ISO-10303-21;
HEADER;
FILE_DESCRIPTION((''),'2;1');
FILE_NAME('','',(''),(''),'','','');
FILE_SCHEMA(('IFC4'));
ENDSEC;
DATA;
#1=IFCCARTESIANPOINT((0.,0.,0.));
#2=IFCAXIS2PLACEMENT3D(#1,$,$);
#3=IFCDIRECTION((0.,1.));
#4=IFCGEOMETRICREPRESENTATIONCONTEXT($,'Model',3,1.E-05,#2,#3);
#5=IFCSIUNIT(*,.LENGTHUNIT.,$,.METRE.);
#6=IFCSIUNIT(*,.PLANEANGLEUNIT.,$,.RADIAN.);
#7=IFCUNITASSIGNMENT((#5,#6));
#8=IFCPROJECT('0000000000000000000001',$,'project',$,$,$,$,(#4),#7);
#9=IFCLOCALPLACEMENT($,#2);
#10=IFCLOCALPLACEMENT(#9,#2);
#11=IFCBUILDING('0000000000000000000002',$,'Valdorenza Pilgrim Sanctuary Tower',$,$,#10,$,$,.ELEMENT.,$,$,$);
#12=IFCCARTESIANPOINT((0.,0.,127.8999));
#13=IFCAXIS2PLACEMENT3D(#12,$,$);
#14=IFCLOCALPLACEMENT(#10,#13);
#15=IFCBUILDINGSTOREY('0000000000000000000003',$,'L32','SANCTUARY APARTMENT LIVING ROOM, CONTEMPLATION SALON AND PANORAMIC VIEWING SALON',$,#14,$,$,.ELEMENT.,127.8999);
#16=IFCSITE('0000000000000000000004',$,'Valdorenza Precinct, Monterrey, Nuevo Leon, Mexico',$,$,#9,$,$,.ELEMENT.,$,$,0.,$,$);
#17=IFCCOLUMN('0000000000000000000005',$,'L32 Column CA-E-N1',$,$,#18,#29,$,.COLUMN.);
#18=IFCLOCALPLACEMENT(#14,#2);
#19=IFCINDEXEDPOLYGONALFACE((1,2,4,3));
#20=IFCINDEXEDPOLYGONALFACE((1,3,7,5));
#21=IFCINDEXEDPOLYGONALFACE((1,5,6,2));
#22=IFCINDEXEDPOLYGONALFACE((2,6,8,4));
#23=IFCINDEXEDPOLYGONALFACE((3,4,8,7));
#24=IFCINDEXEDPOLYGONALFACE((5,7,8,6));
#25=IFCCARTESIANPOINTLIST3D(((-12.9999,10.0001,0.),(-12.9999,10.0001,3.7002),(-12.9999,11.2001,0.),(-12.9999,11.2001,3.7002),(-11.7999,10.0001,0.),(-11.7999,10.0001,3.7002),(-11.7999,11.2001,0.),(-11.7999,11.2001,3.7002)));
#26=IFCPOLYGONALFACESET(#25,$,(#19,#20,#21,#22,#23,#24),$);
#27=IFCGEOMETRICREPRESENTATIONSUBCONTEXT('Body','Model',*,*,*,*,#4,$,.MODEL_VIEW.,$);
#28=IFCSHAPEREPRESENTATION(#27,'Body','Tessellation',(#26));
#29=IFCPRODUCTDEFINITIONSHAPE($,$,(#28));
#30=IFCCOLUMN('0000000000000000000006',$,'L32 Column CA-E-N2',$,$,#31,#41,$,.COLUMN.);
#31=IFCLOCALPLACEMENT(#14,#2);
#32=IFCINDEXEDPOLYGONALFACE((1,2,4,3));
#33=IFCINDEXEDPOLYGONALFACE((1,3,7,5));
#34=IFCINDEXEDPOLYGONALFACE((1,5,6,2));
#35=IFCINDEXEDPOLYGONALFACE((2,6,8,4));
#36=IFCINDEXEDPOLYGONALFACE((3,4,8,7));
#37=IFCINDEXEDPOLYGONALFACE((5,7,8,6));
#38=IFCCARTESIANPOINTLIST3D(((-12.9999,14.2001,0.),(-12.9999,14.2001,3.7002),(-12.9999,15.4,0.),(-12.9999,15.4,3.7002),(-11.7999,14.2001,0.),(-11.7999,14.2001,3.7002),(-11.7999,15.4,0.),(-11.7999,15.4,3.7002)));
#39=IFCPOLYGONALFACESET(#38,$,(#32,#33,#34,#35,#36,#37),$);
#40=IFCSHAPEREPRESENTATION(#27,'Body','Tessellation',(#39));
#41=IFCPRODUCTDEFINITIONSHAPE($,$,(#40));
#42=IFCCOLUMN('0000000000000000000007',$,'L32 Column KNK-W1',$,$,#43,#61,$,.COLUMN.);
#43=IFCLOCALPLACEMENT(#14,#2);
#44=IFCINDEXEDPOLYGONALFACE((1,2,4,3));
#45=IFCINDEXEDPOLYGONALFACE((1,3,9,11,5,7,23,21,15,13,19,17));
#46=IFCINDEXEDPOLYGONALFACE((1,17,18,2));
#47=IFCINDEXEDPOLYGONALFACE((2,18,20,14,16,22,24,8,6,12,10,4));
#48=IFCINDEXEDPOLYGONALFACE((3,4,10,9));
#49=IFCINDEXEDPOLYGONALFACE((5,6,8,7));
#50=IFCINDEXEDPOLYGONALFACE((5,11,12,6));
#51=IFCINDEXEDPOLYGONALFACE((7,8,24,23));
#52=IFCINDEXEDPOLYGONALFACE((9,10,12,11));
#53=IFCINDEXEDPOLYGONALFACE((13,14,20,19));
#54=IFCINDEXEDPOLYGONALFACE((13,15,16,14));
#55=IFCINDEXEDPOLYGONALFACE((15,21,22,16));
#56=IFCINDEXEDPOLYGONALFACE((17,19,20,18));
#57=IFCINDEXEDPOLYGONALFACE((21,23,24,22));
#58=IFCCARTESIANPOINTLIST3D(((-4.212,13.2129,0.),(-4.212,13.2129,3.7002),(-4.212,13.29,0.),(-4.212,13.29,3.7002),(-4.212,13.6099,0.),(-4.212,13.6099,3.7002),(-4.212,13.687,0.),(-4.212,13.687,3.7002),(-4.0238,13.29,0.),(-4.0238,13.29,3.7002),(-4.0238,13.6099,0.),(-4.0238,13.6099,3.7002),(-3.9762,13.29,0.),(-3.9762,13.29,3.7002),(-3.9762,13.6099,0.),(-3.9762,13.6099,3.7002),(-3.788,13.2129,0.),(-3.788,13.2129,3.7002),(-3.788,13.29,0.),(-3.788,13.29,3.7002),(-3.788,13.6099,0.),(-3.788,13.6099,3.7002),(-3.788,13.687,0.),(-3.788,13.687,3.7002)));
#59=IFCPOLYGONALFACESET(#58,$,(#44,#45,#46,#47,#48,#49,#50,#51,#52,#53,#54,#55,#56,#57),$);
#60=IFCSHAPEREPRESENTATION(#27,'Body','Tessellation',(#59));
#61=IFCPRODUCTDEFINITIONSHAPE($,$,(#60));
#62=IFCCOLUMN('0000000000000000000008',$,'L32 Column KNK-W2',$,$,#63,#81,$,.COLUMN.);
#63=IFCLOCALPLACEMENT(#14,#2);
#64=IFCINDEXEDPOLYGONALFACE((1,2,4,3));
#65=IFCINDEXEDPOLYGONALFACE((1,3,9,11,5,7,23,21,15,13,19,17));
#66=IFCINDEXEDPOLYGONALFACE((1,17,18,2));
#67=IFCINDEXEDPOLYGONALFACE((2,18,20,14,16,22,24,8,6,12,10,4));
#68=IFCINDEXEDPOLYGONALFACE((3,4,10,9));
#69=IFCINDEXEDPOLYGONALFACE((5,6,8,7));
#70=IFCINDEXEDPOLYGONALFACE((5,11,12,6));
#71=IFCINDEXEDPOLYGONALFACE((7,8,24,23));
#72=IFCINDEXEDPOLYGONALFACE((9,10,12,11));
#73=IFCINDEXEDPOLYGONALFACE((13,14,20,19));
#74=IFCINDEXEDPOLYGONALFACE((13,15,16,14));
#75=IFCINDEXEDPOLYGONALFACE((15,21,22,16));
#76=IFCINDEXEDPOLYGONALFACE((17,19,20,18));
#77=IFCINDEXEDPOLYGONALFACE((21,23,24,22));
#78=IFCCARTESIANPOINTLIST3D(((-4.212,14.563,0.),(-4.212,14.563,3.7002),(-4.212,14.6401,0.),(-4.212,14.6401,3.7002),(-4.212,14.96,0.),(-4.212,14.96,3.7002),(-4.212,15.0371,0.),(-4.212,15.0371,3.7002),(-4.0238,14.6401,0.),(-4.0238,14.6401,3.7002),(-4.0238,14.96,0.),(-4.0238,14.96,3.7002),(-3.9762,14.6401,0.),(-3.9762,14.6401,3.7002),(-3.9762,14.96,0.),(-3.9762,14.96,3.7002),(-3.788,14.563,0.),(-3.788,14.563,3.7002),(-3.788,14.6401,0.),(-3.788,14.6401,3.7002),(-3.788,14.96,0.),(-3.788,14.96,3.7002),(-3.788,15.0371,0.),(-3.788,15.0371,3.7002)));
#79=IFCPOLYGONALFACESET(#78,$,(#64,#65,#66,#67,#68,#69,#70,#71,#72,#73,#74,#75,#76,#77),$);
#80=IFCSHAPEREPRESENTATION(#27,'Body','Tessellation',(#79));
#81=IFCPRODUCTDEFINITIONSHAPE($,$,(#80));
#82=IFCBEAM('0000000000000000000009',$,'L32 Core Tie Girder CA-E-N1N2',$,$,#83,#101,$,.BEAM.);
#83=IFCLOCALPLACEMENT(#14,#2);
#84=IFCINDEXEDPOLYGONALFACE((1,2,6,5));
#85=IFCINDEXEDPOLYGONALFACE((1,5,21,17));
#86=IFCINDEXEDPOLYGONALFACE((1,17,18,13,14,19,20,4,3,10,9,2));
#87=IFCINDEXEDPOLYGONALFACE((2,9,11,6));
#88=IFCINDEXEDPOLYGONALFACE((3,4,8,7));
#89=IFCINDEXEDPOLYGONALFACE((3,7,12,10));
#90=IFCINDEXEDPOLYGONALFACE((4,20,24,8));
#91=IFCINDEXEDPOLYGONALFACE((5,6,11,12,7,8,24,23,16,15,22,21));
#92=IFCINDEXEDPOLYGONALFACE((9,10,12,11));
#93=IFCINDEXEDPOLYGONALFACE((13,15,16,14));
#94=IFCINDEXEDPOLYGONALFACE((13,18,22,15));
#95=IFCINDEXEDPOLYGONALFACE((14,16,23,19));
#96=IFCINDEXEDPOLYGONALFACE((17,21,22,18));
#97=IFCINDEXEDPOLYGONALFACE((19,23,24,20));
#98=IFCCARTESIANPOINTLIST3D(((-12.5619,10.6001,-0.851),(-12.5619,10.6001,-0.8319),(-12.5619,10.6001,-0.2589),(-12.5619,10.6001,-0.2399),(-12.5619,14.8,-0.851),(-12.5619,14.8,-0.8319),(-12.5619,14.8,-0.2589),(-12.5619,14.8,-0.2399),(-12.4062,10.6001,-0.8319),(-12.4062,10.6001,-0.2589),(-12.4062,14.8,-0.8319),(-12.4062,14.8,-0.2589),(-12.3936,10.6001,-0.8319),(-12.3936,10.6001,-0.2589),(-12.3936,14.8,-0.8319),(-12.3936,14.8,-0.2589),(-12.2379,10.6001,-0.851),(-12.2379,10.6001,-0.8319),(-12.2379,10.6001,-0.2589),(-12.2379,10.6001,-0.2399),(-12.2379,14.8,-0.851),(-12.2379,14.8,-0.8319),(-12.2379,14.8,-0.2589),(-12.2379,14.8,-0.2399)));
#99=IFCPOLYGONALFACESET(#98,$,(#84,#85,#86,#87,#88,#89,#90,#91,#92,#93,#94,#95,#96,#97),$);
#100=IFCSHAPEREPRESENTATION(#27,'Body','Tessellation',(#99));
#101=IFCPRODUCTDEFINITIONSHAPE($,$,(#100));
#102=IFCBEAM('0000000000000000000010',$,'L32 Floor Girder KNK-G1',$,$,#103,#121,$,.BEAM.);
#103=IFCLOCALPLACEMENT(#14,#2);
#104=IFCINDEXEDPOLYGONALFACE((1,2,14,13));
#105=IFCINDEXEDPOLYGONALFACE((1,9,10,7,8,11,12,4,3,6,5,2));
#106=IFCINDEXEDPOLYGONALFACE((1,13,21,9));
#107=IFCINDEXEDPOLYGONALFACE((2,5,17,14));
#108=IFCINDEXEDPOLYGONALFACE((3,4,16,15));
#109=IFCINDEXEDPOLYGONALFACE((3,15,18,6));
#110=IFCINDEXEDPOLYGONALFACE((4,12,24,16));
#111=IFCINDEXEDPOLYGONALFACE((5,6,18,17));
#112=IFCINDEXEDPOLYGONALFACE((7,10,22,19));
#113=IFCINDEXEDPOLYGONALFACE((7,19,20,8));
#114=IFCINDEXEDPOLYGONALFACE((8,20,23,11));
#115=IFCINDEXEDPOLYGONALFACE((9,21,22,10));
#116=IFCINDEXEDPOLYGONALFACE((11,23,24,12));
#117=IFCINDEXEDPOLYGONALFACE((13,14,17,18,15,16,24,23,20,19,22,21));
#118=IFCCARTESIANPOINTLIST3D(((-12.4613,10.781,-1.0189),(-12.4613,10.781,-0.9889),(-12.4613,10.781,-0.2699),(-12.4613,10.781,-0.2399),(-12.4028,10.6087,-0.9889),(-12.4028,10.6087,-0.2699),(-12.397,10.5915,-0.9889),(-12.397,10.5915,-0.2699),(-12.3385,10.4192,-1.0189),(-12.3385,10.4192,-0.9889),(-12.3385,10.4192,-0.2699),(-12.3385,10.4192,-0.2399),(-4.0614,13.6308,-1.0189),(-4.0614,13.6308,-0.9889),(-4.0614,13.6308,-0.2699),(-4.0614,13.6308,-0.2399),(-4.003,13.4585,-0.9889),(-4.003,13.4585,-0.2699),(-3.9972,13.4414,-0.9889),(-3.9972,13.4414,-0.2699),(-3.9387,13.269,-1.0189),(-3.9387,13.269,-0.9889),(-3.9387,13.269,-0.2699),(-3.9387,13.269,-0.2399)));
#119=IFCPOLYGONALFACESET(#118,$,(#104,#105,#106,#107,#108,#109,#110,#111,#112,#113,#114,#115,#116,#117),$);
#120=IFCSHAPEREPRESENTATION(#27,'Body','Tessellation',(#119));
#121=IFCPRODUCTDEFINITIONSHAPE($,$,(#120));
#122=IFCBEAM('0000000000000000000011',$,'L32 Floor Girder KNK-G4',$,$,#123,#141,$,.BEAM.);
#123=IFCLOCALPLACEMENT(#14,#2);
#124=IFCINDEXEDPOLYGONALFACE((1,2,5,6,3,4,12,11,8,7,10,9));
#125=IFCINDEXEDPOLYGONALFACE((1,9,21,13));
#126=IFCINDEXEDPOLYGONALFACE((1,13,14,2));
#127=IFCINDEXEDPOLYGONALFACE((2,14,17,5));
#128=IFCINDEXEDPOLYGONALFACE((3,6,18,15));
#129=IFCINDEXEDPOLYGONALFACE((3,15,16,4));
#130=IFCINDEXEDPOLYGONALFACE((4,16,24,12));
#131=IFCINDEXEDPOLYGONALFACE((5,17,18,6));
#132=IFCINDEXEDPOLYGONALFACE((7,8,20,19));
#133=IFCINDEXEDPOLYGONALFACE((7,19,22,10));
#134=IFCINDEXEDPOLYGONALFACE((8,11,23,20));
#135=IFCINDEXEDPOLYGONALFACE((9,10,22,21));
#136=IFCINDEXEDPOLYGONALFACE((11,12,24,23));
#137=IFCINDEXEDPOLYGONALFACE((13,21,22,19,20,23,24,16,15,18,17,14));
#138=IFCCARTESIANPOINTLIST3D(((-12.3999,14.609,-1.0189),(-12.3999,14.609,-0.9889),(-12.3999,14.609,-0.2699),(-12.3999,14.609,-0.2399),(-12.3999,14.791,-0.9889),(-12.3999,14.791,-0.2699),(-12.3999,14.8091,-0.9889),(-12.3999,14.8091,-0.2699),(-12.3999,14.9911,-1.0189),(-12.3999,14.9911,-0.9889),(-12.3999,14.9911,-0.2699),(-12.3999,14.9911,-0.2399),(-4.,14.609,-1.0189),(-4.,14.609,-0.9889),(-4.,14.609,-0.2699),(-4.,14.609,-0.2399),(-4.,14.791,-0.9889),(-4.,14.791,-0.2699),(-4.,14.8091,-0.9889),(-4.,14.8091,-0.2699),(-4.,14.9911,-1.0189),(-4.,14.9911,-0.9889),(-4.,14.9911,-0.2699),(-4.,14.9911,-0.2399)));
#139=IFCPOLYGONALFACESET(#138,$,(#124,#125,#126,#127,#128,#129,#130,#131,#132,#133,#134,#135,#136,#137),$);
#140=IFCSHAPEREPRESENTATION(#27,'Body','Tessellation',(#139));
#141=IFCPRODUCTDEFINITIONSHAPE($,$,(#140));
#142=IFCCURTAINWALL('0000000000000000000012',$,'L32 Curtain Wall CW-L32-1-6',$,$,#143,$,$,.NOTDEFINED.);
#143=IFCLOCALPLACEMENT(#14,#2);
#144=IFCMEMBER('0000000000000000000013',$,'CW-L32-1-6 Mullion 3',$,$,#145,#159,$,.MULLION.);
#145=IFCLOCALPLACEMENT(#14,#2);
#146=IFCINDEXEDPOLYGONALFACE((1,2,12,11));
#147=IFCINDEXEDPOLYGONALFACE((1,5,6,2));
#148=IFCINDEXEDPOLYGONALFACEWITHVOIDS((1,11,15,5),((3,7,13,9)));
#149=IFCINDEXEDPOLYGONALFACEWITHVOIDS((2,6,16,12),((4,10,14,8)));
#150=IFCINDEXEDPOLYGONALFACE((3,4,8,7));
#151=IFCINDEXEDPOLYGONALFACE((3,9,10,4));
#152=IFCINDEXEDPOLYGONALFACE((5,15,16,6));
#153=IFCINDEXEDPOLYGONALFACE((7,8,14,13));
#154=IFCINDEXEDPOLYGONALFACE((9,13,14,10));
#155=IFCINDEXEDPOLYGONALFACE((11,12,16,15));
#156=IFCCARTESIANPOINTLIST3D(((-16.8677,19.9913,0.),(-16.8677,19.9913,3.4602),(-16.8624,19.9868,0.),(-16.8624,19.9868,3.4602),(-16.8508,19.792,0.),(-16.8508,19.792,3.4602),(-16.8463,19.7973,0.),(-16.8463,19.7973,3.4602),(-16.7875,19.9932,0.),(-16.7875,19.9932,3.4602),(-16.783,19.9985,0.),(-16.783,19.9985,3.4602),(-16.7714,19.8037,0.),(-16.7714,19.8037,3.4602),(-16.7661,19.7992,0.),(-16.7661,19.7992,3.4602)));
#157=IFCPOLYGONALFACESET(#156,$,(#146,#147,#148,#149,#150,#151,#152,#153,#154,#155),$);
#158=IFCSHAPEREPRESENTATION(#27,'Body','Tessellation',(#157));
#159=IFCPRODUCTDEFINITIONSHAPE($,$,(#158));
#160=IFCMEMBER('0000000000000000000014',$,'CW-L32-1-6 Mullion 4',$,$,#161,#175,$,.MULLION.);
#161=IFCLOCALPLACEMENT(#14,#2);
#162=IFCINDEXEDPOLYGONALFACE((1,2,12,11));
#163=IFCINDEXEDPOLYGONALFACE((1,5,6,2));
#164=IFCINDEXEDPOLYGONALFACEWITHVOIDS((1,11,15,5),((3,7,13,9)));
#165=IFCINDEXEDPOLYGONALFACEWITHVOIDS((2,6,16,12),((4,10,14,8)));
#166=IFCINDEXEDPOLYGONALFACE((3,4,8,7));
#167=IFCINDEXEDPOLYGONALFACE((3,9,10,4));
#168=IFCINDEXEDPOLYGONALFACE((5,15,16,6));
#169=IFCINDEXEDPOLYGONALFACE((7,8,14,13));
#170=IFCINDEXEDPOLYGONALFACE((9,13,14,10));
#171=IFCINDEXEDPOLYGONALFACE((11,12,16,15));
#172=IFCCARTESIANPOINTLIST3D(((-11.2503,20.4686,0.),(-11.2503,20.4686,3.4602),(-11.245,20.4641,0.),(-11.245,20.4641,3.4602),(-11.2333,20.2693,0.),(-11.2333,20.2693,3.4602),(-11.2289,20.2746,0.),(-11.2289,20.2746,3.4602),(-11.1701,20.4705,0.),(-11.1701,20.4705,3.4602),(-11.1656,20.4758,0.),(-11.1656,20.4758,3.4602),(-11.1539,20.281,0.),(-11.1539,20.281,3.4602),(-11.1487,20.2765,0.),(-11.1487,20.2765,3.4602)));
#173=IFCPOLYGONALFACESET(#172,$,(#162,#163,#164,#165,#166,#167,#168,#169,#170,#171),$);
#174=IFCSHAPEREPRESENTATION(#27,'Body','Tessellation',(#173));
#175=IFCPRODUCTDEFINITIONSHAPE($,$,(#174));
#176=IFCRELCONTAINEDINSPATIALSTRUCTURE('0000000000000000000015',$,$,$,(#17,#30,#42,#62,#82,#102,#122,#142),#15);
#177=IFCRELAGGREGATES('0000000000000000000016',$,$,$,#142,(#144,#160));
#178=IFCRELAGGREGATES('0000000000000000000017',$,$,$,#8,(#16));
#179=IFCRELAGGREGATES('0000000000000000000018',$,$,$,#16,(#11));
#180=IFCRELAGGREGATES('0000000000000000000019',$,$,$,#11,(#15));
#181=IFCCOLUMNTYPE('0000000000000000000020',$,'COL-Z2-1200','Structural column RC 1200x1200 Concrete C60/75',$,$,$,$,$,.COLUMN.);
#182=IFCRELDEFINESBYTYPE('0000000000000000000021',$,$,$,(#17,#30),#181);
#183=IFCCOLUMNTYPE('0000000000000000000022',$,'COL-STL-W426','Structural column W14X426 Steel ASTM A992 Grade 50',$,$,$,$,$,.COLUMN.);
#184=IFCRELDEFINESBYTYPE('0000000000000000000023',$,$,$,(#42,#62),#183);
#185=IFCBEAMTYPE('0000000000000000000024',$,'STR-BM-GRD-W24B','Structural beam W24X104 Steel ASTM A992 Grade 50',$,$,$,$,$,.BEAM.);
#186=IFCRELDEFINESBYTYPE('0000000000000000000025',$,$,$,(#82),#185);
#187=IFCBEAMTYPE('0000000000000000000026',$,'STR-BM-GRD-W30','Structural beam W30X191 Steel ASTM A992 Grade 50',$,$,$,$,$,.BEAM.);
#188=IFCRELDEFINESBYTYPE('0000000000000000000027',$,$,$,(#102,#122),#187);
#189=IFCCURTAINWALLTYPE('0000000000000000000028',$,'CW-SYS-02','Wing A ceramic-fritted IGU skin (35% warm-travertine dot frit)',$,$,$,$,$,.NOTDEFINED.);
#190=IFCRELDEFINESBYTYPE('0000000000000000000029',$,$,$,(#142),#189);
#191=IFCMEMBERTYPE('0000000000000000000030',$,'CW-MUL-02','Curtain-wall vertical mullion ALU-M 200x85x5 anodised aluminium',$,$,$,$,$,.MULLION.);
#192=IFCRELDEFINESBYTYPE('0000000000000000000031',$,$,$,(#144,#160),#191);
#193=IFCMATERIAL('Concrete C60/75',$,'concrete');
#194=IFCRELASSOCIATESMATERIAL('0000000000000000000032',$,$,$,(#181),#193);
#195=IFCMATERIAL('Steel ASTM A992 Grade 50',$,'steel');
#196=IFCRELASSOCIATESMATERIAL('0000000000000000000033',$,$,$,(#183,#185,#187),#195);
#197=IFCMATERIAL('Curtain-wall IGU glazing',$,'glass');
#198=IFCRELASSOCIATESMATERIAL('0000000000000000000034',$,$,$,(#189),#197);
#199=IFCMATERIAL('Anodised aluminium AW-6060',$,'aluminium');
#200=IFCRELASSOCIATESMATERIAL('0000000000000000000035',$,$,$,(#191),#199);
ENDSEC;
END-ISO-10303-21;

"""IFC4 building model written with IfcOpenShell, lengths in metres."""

from ifc_helpers import new_model, si_unit, direction, frame, origin, origin_2d, place, context, subcontext, project, spatial, rectangle, hollow_rectangle, i_section, extrude, source, transform, mapped, material, material_profile, profile_set, type_object, element, aggregate, save


model = new_model("IFC4")

# Units and contexts
model_context = context("Model", 3, precision=1e-05, world=origin(), true_north=direction((0.0, 1.0)))
body_context = subcontext(model_context, "Body", "Model", "MODEL_VIEW")
ifc_project = project(units=[si_unit("LENGTHUNIT", "METRE"), si_unit("PLANEANGLEUNIT", "RADIAN")], contexts=[model_context])

# Site, building, storey
site_placement = place(None, origin())
site = spatial("IfcSite", under=ifc_project, at=site_placement, Name="Valdorenza Precinct, Monterrey, Nuevo Leon, Mexico", CompositionType="ELEMENT", RefElevation=0.0)
building_placement = place(site_placement, origin())
building = spatial("IfcBuilding", under=site, at=building_placement, Name="Valdorenza Pilgrim Sanctuary Tower", CompositionType="ELEMENT")
storey_placement = place(building_placement, frame((0.0, 0.0, 127.8999)))
storey = spatial("IfcBuildingStorey", under=building, at=storey_placement, Name="L32", Description="SANCTUARY APARTMENT LIVING ROOM, CONTEMPLATION SALON AND PANORAMIC VIEWING SALON", CompositionType="ELEMENT", Elevation=127.8999)

# Columns
ifc_material_1 = material(Name="Concrete C60/75", Category="concrete")
ifc_material_profile_1 = material_profile(ifc_material_1, rectangle(XDim=1.2, YDim=1.2, at=origin_2d()), Name="RC 1200x1200")
ifc_profile_set_1 = profile_set([ifc_material_profile_1], Name="Concrete C60/75")
column_type_1 = type_object("IfcColumnType", Name="COL-Z2-1200", Description="Structural column RC 1200x1200 Concrete C60/75", PredefinedType="COLUMN", material=ifc_profile_set_1)
shared_shape_1 = source(origin(), body_context, "Body", "SweptSolid", [
    extrude(rectangle(XDim=1.2, YDim=1.2, at=origin_2d()), origin(), (0.0, 0.0, 1.0), 3.7002),
])
for number, where, z_axis, x_axis, name in (
    (1, (-12.3999, 10.6001, 0.0), (0.0, 0.0, 1.0), (1.0, 0.0, 0.0), "L32 Column CA-E-N1"),
    (2, (-12.3999, 14.8, 0.0), (0.0, 0.0, 1.0), (1.0, 0.0, 0.0), "L32 Column CA-E-N2"),
):
    element("IfcColumn", number, at=place(storey_placement, frame(where, z_axis=z_axis, x_axis=x_axis)), inside=storey, type_object=column_type_1, Name=name, PredefinedType="COLUMN", context=body_context, shape_type="MappedRepresentation", body=[
        mapped(shared_shape_1, transform((0.0, 0.0, 0.0), x_axis=(1.0, 0.0, 0.0), y_axis=(0.0, 1.0, 0.0), z_axis=(0.0, 0.0, 1.0), scale=1.0)),
    ])
ifc_material_2 = material(Name="Steel ASTM A992 Grade 50", Category="steel")
ifc_material_profile_2 = material_profile(ifc_material_2, i_section(OverallWidth=0.4241, OverallDepth=0.4741, WebThickness=0.0476, FlangeThickness=0.0771, at=origin_2d()), Name="W14X426")
ifc_profile_set_2 = profile_set([ifc_material_profile_2], Name="Steel ASTM A992 Grade 50")
column_type_2 = type_object("IfcColumnType", Name="COL-STL-W426", Description="Structural column W14X426 Steel ASTM A992 Grade 50", PredefinedType="COLUMN", material=ifc_profile_set_2)
shared_shape_2 = source(origin(), body_context, "Body", "SweptSolid", [
    extrude(i_section(OverallWidth=0.4241, OverallDepth=0.4741, WebThickness=0.0476, FlangeThickness=0.0771, at=origin_2d()), origin(), (0.0, 0.0, 1.0), 3.7002),
])
for number, where, z_axis, x_axis, name in (
    (3, (-4.0, 13.45, 0.0), (0.0, 0.0, 1.0), (1.0, 0.0, 0.0), "L32 Column KNK-W1"),
    (4, (-4.0, 14.8, 0.0), (0.0, 0.0, 1.0), (1.0, 0.0, 0.0), "L32 Column KNK-W2"),
):
    element("IfcColumn", number, at=place(storey_placement, frame(where, z_axis=z_axis, x_axis=x_axis)), inside=storey, type_object=column_type_2, Name=name, PredefinedType="COLUMN", context=body_context, shape_type="MappedRepresentation", body=[
        mapped(shared_shape_2, transform((0.0, 0.0, 0.0), x_axis=(1.0, 0.0, 0.0), y_axis=(0.0, 1.0, 0.0), z_axis=(0.0, 0.0, 1.0), scale=1.0)),
    ])

# Beams
ifc_material_profile_3 = material_profile(ifc_material_2, i_section(OverallWidth=0.324, OverallDepth=0.6111, WebThickness=0.0127, FlangeThickness=0.019, at=origin_2d()), Name="W24X104")
ifc_profile_set_3 = profile_set([ifc_material_profile_3], Name="Steel ASTM A992 Grade 50")
beam_type_1 = type_object("IfcBeamType", Name="STR-BM-GRD-W24B", Description="Structural beam W24X104 Steel ASTM A992 Grade 50", PredefinedType="BEAM", material=ifc_profile_set_3)
shared_shape_3 = source(origin(), body_context, "Body", "SweptSolid", [
    extrude(i_section(OverallWidth=0.324, OverallDepth=0.6111, WebThickness=0.0127, FlangeThickness=0.019, at=origin_2d()), origin(), (0.0, 0.0, 1.0), 4.2),
])
beam_1_placement = place(storey_placement, frame((-12.3999, 10.6001, -0.5454), z_axis=(0.0, 1.0, 0.0), x_axis=(-1.0, 0.0, 0.0)))
element("IfcBeam", 5, at=beam_1_placement, inside=storey, type_object=beam_type_1, Name="L32 Core Tie Girder CA-E-N1N2", PredefinedType="BEAM", context=body_context, shape_type="MappedRepresentation", body=[
    mapped(shared_shape_3, transform((0.0, 0.0, 0.0), x_axis=(1.0, 0.0, 0.0), y_axis=(0.0, 1.0, 0.0), z_axis=(0.0, 0.0, 1.0), scale=1.0)),
])
ifc_material_profile_4 = material_profile(ifc_material_2, i_section(OverallWidth=0.3821, OverallDepth=0.7791, WebThickness=0.0181, FlangeThickness=0.03, at=origin_2d()), Name="W30X191")
ifc_profile_set_4 = profile_set([ifc_material_profile_4], Name="Steel ASTM A992 Grade 50")
beam_type_2 = type_object("IfcBeamType", Name="STR-BM-GRD-W30", Description="Structural beam W30X191 Steel ASTM A992 Grade 50", PredefinedType="BEAM", material=ifc_profile_set_4)
shared_shape_4 = source(origin(), body_context, "Body", "SweptSolid", [
    extrude(i_section(OverallWidth=0.3821, OverallDepth=0.7791, WebThickness=0.0181, FlangeThickness=0.03, at=origin_2d()), origin(), (0.0, 0.0, 1.0), 8.8701),
])
beam_2_placement = place(storey_placement, frame((-12.3999, 10.6001, -0.6294), z_axis=(0.946983, 0.321285, 0.0), x_axis=(-0.321285, 0.946983, 0.0)))
element("IfcBeam", 6, at=beam_2_placement, inside=storey, type_object=beam_type_2, Name="L32 Floor Girder KNK-G1", PredefinedType="BEAM", context=body_context, shape_type="MappedRepresentation", body=[
    mapped(shared_shape_4, transform((0.0, 0.0, 0.0), x_axis=(1.0, 0.0, 0.0), y_axis=(0.0, 1.0, 0.0), z_axis=(0.0, 0.0, 1.0), scale=1.0)),
])
shared_shape_5 = source(origin(), body_context, "Body", "SweptSolid", [
    extrude(i_section(OverallWidth=0.3821, OverallDepth=0.7791, WebThickness=0.0181, FlangeThickness=0.03, at=origin_2d()), origin(), (0.0, 0.0, 1.0), 8.3999),
])
beam_3_placement = place(storey_placement, frame((-12.3999, 14.8, -0.6294), z_axis=(1.0, 0.0, 0.0), x_axis=(0.0, 1.0, 0.0)))
element("IfcBeam", 7, at=beam_3_placement, inside=storey, type_object=beam_type_2, Name="L32 Floor Girder KNK-G4", PredefinedType="BEAM", context=body_context, shape_type="MappedRepresentation", body=[
    mapped(shared_shape_5, transform((0.0, 0.0, 0.0), x_axis=(1.0, 0.0, 0.0), y_axis=(0.0, 1.0, 0.0), z_axis=(0.0, 0.0, 1.0), scale=1.0)),
])

# Curtain wall, members
ifc_material_3 = material(Name="Curtain-wall IGU glazing", Category="glass")
curtain_wall_type = type_object("IfcCurtainWallType", Name="CW-SYS-02", Description="Wing A ceramic-fritted IGU skin (35% warm-travertine dot frit)", PredefinedType="NOTDEFINED", material=ifc_material_3)
curtain_wall_1_placement = place(storey_placement, origin())
curtain_wall_1 = element("IfcCurtainWall", 8, at=curtain_wall_1_placement, inside=storey, type_object=curtain_wall_type, Name="L32 Curtain Wall CW-L32-1-6", PredefinedType="NOTDEFINED")
ifc_material_4 = material(Name="Anodised aluminium AW-6060", Category="aluminium")
ifc_material_profile_5 = material_profile(ifc_material_4, hollow_rectangle(XDim=0.085, YDim=0.2, WallThickness=0.0049, at=origin_2d()), Name="ALU-M 200x85x5")
ifc_profile_set_5 = profile_set([ifc_material_profile_5], Name="Anodised aluminium AW-6060")
member_type_1 = type_object("IfcMemberType", Name="CW-MUL-02", Description="Curtain-wall vertical mullion ALU-M 200x85x5 anodised aluminium", PredefinedType="MULLION", material=ifc_profile_set_5)
shared_shape_6 = source(origin(), body_context, "Body", "SweptSolid", [
    extrude(hollow_rectangle(XDim=0.085, YDim=0.2, WallThickness=0.0049, at=origin_2d()), origin(), (0.0, 0.0, 1.0), 3.4602),
])
member_1_placement = place(storey_placement, frame((-16.8169, 19.8953, 0.0), z_axis=(0.0, 0.0, 1.0), x_axis=(0.996408, 0.084687, 0.0)))
member_1 = element("IfcMember", 9, at=member_1_placement, type_object=member_type_1, Name="CW-L32-1-6 Mullion 3", PredefinedType="MULLION", context=body_context, shape_type="MappedRepresentation", body=[
    mapped(shared_shape_6, transform((0.0, 0.0, 0.0), x_axis=(1.0, 0.0, 0.0), y_axis=(0.0, 1.0, 0.0), z_axis=(0.0, 0.0, 1.0), scale=1.0)),
])
member_2_placement = place(storey_placement, frame((-11.1995, 20.3726, 0.0), z_axis=(0.0, 0.0, 1.0), x_axis=(0.996408, 0.084687, 0.0)))
member_2 = element("IfcMember", 10, at=member_2_placement, type_object=member_type_1, Name="CW-L32-1-6 Mullion 4", PredefinedType="MULLION", context=body_context, shape_type="MappedRepresentation", body=[
    mapped(shared_shape_6, transform((0.0, 0.0, 0.0), x_axis=(1.0, 0.0, 0.0), y_axis=(0.0, 1.0, 0.0), z_axis=(0.0, 0.0, 1.0), scale=1.0)),
])

aggregate(curtain_wall_1, [member_1, member_2])

save(model, "model.ifc")
